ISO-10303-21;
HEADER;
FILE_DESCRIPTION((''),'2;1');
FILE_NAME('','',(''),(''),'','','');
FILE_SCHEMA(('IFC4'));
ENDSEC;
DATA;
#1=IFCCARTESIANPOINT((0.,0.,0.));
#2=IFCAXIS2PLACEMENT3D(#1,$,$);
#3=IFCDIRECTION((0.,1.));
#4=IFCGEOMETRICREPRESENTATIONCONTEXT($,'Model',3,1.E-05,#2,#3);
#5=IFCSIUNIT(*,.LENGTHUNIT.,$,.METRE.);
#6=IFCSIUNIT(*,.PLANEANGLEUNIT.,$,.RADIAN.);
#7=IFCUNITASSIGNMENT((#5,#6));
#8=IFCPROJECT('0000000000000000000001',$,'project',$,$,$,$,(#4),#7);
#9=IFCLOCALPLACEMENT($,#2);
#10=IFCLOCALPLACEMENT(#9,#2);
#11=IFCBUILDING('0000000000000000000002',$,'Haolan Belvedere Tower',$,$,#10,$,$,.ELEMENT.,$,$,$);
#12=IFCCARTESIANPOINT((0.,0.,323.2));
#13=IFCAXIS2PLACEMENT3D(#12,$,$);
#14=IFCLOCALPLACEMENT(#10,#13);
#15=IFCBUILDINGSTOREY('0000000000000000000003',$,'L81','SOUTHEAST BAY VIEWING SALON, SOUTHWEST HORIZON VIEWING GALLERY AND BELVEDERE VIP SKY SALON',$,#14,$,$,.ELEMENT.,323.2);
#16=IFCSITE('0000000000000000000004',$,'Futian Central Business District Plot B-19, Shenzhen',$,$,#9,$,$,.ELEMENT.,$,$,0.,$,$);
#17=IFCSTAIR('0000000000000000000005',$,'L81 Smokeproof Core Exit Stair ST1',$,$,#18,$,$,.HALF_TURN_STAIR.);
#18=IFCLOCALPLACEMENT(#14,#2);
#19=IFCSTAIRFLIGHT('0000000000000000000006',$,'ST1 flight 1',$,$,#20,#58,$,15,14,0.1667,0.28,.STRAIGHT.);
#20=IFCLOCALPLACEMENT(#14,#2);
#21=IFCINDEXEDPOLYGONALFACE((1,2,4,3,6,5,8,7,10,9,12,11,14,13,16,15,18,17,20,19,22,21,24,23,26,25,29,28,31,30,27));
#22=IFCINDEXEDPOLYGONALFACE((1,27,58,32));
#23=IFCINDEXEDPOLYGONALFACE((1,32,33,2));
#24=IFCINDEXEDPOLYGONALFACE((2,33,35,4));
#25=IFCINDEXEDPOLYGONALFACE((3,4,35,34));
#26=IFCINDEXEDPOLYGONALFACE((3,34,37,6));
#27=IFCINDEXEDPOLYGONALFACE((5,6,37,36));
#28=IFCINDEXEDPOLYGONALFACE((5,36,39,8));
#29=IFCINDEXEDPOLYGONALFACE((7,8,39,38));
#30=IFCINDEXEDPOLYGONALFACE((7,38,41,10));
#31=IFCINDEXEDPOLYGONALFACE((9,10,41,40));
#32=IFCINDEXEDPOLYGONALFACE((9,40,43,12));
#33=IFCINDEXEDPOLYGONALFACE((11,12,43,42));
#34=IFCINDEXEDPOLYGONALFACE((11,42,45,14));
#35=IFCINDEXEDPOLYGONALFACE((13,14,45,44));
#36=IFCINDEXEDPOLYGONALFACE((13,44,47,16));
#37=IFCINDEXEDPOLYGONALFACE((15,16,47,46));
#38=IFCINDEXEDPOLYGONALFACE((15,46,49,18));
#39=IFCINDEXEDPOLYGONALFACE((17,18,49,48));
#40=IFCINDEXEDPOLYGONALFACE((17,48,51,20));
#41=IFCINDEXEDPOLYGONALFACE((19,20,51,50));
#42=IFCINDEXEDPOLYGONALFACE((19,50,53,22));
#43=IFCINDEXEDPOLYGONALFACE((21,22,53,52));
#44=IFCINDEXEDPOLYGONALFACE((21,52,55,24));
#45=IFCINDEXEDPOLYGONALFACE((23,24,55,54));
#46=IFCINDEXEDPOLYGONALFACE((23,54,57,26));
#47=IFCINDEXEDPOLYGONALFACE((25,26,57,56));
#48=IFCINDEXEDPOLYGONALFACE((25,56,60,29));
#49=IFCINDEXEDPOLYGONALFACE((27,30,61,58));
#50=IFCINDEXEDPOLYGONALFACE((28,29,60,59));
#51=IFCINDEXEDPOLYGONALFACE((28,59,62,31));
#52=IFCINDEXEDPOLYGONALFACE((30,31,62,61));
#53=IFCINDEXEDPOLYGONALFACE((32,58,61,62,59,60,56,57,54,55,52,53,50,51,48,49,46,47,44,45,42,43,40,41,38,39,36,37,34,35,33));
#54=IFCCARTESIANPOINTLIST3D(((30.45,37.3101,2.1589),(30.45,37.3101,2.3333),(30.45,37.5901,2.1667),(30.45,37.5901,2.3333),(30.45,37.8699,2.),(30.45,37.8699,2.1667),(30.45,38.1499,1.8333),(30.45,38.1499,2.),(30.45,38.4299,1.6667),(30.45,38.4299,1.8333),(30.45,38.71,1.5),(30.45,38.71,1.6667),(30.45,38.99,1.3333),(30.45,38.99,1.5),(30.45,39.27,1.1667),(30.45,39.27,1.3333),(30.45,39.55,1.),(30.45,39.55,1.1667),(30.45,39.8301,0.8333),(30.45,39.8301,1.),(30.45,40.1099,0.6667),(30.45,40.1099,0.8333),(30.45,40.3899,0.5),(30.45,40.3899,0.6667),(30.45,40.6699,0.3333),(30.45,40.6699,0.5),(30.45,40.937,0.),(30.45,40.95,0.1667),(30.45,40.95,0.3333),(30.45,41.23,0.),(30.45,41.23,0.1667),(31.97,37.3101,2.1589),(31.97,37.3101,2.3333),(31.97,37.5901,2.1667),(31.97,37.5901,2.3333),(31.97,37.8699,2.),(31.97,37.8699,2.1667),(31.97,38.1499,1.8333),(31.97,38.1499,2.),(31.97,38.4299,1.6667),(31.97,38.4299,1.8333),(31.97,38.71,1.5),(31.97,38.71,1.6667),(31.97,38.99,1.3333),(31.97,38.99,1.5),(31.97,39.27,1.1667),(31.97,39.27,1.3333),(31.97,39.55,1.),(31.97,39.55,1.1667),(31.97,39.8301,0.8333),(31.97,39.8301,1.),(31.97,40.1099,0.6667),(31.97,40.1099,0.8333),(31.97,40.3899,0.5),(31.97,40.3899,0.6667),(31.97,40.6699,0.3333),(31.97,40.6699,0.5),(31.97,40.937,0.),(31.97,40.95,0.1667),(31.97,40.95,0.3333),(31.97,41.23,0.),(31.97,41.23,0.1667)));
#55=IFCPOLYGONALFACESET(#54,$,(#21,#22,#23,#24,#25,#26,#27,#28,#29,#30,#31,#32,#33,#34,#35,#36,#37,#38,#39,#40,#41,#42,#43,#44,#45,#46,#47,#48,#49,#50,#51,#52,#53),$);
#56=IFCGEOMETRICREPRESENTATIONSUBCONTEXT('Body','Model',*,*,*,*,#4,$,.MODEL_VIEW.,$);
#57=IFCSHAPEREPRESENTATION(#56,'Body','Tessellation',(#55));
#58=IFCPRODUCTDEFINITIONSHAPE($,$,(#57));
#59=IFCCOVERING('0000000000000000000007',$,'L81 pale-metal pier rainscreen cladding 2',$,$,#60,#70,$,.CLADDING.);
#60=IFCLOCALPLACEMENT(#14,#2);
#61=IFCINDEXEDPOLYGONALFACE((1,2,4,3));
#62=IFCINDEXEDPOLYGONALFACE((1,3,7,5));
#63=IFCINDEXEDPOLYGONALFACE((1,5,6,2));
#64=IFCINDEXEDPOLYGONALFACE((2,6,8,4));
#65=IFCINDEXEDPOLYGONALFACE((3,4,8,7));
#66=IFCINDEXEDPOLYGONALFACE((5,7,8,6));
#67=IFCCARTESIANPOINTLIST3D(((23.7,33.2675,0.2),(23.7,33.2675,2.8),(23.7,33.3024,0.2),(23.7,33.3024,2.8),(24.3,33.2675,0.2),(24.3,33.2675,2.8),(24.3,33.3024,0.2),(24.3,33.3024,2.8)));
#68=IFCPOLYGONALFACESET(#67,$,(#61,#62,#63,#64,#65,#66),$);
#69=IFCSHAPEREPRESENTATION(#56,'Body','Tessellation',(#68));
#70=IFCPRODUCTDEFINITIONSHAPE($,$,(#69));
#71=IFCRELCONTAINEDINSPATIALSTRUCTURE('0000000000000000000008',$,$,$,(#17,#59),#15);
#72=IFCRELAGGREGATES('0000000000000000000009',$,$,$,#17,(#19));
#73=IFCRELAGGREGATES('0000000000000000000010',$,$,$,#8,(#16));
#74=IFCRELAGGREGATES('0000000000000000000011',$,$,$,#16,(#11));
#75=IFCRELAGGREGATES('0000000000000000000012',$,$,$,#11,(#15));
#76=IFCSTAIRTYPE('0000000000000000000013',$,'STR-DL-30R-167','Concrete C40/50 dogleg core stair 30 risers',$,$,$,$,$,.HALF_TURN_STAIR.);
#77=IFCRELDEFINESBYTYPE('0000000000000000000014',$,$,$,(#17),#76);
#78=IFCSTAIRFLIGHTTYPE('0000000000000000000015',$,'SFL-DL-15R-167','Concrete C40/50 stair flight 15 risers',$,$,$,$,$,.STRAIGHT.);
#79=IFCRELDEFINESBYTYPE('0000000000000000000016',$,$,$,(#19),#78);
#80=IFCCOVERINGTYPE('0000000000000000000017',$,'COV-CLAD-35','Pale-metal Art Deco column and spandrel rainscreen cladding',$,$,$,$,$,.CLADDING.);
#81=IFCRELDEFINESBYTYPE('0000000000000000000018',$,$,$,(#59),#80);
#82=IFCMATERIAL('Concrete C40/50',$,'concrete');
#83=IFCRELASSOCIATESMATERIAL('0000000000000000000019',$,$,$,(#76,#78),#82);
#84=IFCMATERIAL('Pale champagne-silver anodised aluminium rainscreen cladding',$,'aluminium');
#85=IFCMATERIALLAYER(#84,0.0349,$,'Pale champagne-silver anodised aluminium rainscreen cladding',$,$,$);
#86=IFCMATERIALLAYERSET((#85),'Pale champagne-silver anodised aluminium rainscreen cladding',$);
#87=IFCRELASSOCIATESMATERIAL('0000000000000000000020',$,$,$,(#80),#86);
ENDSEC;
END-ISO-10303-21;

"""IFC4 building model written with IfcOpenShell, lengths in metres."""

from ifc_helpers import new_model, si_unit, direction, frame, origin, origin_2d, place, context, subcontext, project, spatial, polyline, rectangle, outline, extrude, material, layer, layer_set, type_object, element, aggregate, save


model = new_model("IFC4")

# Units and contexts
model_context = context("Model", 3, precision=1e-05, world=origin(), true_north=direction((0.0, 1.0)))
body_context = subcontext(model_context, "Body", "Model", "MODEL_VIEW")
ifc_project = project(units=[si_unit("LENGTHUNIT", "METRE"), si_unit("PLANEANGLEUNIT", "RADIAN")], contexts=[model_context])

# Site, building, storey
site_placement = place(None, origin())
site = spatial("IfcSite", under=ifc_project, at=site_placement, Name="Futian Central Business District Plot B-19, Shenzhen", CompositionType="ELEMENT", RefElevation=0.0)
building_placement = place(site_placement, origin())
building = spatial("IfcBuilding", under=site, at=building_placement, Name="Haolan Belvedere Tower", CompositionType="ELEMENT")
storey_placement = place(building_placement, frame((0.0, 0.0, 323.2)))
storey = spatial("IfcBuildingStorey", under=building, at=storey_placement, Name="L81", Description="SOUTHEAST BAY VIEWING SALON, SOUTHWEST HORIZON VIEWING GALLERY AND BELVEDERE VIP SKY SALON", CompositionType="ELEMENT", Elevation=323.2)

# Stair, stair flight
ifc_material_1 = material(Name="Concrete C40/50", Category="concrete")
stair_type = type_object("IfcStairType", Name="STR-DL-30R-167", Description="Concrete C40/50 dogleg core stair 30 risers", PredefinedType="HALF_TURN_STAIR", material=ifc_material_1)
stair_placement = place(storey_placement, origin())
stair = element("IfcStair", 1, at=stair_placement, inside=storey, type_object=stair_type, Name="L81 Smokeproof Core Exit Stair ST1", PredefinedType="HALF_TURN_STAIR")
stair_flight_type = type_object("IfcStairFlightType", Name="SFL-DL-15R-167", Description="Concrete C40/50 stair flight 15 risers", PredefinedType="STRAIGHT", material=ifc_material_1)
stair_flight_placement = place(storey_placement, frame((31.21, 41.23, 0.0), z_axis=(0.0, 0.0, 1.0), x_axis=(0.0, -1.0, 0.0)))
stair_flight = element("IfcStairFlight", 2, at=stair_flight_placement, type_object=stair_flight_type, Name="ST1 flight 1", NumberOfRisers=15, NumberOfTreads=14, PredefinedType="STRAIGHT", RiserHeight=0.1667, TreadLength=0.28, context=body_context, shape_type="SweptSolid", body=[
    extrude(outline(polyline([(0.0, 0.0), (0.0, 0.1667), (0.28, 0.1667), (0.28, 0.3333), (0.5601, 0.3333), (0.5601, 0.5), (0.8401, 0.5), (0.8401, 0.6667), (1.1201, 0.6667), (1.1201, 0.8333), (1.3999, 0.8333), (1.3999, 1.0), (1.6799, 1.0), (1.6799, 1.1667), (1.96, 1.1667), (1.96, 1.3333), (2.24, 1.3333), (2.24, 1.5), (2.52, 1.5), (2.52, 1.6667), (2.8, 1.6667), (2.8, 1.8333), (3.0801, 1.8333), (3.0801, 2.0), (3.3601, 2.0), (3.3601, 2.1667), (3.6399, 2.1667), (3.6399, 2.3333), (3.9199, 2.3333), (3.9199, 2.5), (3.9199, 2.1589), (0.293, 0.0), (0.0, 0.0)])), frame((0.0, 0.76, 0.0), z_axis=(0.0, -1.0, 0.0), x_axis=(1.0, 0.0, 0.0)), (0.0, 0.0, 1.0), 1.52),
])
aggregate(stair, [stair_flight])

# Covering
ifc_material_2 = material(Name="Pale champagne-silver anodised aluminium rainscreen cladding", Category="aluminium")
ifc_layer_1 = layer(ifc_material_2, 0.0349, Name="Pale champagne-silver anodised aluminium rainscreen cladding")
ifc_layer_set_1 = layer_set([ifc_layer_1], Name="Pale champagne-silver anodised aluminium rainscreen cladding")
covering_type = type_object("IfcCoveringType", Name="COV-CLAD-35", Description="Pale-metal Art Deco column and spandrel rainscreen cladding", PredefinedType="CLADDING", material=ifc_layer_set_1)
covering_placement = place(storey_placement, frame((24.0, 33.2849, 0.2), z_axis=(0.0, 0.0, 1.0), x_axis=(1.0, 0.0, 0.0)))
element("IfcCovering", 3, at=covering_placement, inside=storey, type_object=covering_type, Name="L81 pale-metal pier rainscreen cladding 2", PredefinedType="CLADDING", context=body_context, shape_type="SweptSolid", body=[
    extrude(rectangle(XDim=0.6001, YDim=0.0349, at=origin_2d()), origin(), (0.0, 0.0, 1.0), 2.6001),
])

save(model, "model.ifc")
